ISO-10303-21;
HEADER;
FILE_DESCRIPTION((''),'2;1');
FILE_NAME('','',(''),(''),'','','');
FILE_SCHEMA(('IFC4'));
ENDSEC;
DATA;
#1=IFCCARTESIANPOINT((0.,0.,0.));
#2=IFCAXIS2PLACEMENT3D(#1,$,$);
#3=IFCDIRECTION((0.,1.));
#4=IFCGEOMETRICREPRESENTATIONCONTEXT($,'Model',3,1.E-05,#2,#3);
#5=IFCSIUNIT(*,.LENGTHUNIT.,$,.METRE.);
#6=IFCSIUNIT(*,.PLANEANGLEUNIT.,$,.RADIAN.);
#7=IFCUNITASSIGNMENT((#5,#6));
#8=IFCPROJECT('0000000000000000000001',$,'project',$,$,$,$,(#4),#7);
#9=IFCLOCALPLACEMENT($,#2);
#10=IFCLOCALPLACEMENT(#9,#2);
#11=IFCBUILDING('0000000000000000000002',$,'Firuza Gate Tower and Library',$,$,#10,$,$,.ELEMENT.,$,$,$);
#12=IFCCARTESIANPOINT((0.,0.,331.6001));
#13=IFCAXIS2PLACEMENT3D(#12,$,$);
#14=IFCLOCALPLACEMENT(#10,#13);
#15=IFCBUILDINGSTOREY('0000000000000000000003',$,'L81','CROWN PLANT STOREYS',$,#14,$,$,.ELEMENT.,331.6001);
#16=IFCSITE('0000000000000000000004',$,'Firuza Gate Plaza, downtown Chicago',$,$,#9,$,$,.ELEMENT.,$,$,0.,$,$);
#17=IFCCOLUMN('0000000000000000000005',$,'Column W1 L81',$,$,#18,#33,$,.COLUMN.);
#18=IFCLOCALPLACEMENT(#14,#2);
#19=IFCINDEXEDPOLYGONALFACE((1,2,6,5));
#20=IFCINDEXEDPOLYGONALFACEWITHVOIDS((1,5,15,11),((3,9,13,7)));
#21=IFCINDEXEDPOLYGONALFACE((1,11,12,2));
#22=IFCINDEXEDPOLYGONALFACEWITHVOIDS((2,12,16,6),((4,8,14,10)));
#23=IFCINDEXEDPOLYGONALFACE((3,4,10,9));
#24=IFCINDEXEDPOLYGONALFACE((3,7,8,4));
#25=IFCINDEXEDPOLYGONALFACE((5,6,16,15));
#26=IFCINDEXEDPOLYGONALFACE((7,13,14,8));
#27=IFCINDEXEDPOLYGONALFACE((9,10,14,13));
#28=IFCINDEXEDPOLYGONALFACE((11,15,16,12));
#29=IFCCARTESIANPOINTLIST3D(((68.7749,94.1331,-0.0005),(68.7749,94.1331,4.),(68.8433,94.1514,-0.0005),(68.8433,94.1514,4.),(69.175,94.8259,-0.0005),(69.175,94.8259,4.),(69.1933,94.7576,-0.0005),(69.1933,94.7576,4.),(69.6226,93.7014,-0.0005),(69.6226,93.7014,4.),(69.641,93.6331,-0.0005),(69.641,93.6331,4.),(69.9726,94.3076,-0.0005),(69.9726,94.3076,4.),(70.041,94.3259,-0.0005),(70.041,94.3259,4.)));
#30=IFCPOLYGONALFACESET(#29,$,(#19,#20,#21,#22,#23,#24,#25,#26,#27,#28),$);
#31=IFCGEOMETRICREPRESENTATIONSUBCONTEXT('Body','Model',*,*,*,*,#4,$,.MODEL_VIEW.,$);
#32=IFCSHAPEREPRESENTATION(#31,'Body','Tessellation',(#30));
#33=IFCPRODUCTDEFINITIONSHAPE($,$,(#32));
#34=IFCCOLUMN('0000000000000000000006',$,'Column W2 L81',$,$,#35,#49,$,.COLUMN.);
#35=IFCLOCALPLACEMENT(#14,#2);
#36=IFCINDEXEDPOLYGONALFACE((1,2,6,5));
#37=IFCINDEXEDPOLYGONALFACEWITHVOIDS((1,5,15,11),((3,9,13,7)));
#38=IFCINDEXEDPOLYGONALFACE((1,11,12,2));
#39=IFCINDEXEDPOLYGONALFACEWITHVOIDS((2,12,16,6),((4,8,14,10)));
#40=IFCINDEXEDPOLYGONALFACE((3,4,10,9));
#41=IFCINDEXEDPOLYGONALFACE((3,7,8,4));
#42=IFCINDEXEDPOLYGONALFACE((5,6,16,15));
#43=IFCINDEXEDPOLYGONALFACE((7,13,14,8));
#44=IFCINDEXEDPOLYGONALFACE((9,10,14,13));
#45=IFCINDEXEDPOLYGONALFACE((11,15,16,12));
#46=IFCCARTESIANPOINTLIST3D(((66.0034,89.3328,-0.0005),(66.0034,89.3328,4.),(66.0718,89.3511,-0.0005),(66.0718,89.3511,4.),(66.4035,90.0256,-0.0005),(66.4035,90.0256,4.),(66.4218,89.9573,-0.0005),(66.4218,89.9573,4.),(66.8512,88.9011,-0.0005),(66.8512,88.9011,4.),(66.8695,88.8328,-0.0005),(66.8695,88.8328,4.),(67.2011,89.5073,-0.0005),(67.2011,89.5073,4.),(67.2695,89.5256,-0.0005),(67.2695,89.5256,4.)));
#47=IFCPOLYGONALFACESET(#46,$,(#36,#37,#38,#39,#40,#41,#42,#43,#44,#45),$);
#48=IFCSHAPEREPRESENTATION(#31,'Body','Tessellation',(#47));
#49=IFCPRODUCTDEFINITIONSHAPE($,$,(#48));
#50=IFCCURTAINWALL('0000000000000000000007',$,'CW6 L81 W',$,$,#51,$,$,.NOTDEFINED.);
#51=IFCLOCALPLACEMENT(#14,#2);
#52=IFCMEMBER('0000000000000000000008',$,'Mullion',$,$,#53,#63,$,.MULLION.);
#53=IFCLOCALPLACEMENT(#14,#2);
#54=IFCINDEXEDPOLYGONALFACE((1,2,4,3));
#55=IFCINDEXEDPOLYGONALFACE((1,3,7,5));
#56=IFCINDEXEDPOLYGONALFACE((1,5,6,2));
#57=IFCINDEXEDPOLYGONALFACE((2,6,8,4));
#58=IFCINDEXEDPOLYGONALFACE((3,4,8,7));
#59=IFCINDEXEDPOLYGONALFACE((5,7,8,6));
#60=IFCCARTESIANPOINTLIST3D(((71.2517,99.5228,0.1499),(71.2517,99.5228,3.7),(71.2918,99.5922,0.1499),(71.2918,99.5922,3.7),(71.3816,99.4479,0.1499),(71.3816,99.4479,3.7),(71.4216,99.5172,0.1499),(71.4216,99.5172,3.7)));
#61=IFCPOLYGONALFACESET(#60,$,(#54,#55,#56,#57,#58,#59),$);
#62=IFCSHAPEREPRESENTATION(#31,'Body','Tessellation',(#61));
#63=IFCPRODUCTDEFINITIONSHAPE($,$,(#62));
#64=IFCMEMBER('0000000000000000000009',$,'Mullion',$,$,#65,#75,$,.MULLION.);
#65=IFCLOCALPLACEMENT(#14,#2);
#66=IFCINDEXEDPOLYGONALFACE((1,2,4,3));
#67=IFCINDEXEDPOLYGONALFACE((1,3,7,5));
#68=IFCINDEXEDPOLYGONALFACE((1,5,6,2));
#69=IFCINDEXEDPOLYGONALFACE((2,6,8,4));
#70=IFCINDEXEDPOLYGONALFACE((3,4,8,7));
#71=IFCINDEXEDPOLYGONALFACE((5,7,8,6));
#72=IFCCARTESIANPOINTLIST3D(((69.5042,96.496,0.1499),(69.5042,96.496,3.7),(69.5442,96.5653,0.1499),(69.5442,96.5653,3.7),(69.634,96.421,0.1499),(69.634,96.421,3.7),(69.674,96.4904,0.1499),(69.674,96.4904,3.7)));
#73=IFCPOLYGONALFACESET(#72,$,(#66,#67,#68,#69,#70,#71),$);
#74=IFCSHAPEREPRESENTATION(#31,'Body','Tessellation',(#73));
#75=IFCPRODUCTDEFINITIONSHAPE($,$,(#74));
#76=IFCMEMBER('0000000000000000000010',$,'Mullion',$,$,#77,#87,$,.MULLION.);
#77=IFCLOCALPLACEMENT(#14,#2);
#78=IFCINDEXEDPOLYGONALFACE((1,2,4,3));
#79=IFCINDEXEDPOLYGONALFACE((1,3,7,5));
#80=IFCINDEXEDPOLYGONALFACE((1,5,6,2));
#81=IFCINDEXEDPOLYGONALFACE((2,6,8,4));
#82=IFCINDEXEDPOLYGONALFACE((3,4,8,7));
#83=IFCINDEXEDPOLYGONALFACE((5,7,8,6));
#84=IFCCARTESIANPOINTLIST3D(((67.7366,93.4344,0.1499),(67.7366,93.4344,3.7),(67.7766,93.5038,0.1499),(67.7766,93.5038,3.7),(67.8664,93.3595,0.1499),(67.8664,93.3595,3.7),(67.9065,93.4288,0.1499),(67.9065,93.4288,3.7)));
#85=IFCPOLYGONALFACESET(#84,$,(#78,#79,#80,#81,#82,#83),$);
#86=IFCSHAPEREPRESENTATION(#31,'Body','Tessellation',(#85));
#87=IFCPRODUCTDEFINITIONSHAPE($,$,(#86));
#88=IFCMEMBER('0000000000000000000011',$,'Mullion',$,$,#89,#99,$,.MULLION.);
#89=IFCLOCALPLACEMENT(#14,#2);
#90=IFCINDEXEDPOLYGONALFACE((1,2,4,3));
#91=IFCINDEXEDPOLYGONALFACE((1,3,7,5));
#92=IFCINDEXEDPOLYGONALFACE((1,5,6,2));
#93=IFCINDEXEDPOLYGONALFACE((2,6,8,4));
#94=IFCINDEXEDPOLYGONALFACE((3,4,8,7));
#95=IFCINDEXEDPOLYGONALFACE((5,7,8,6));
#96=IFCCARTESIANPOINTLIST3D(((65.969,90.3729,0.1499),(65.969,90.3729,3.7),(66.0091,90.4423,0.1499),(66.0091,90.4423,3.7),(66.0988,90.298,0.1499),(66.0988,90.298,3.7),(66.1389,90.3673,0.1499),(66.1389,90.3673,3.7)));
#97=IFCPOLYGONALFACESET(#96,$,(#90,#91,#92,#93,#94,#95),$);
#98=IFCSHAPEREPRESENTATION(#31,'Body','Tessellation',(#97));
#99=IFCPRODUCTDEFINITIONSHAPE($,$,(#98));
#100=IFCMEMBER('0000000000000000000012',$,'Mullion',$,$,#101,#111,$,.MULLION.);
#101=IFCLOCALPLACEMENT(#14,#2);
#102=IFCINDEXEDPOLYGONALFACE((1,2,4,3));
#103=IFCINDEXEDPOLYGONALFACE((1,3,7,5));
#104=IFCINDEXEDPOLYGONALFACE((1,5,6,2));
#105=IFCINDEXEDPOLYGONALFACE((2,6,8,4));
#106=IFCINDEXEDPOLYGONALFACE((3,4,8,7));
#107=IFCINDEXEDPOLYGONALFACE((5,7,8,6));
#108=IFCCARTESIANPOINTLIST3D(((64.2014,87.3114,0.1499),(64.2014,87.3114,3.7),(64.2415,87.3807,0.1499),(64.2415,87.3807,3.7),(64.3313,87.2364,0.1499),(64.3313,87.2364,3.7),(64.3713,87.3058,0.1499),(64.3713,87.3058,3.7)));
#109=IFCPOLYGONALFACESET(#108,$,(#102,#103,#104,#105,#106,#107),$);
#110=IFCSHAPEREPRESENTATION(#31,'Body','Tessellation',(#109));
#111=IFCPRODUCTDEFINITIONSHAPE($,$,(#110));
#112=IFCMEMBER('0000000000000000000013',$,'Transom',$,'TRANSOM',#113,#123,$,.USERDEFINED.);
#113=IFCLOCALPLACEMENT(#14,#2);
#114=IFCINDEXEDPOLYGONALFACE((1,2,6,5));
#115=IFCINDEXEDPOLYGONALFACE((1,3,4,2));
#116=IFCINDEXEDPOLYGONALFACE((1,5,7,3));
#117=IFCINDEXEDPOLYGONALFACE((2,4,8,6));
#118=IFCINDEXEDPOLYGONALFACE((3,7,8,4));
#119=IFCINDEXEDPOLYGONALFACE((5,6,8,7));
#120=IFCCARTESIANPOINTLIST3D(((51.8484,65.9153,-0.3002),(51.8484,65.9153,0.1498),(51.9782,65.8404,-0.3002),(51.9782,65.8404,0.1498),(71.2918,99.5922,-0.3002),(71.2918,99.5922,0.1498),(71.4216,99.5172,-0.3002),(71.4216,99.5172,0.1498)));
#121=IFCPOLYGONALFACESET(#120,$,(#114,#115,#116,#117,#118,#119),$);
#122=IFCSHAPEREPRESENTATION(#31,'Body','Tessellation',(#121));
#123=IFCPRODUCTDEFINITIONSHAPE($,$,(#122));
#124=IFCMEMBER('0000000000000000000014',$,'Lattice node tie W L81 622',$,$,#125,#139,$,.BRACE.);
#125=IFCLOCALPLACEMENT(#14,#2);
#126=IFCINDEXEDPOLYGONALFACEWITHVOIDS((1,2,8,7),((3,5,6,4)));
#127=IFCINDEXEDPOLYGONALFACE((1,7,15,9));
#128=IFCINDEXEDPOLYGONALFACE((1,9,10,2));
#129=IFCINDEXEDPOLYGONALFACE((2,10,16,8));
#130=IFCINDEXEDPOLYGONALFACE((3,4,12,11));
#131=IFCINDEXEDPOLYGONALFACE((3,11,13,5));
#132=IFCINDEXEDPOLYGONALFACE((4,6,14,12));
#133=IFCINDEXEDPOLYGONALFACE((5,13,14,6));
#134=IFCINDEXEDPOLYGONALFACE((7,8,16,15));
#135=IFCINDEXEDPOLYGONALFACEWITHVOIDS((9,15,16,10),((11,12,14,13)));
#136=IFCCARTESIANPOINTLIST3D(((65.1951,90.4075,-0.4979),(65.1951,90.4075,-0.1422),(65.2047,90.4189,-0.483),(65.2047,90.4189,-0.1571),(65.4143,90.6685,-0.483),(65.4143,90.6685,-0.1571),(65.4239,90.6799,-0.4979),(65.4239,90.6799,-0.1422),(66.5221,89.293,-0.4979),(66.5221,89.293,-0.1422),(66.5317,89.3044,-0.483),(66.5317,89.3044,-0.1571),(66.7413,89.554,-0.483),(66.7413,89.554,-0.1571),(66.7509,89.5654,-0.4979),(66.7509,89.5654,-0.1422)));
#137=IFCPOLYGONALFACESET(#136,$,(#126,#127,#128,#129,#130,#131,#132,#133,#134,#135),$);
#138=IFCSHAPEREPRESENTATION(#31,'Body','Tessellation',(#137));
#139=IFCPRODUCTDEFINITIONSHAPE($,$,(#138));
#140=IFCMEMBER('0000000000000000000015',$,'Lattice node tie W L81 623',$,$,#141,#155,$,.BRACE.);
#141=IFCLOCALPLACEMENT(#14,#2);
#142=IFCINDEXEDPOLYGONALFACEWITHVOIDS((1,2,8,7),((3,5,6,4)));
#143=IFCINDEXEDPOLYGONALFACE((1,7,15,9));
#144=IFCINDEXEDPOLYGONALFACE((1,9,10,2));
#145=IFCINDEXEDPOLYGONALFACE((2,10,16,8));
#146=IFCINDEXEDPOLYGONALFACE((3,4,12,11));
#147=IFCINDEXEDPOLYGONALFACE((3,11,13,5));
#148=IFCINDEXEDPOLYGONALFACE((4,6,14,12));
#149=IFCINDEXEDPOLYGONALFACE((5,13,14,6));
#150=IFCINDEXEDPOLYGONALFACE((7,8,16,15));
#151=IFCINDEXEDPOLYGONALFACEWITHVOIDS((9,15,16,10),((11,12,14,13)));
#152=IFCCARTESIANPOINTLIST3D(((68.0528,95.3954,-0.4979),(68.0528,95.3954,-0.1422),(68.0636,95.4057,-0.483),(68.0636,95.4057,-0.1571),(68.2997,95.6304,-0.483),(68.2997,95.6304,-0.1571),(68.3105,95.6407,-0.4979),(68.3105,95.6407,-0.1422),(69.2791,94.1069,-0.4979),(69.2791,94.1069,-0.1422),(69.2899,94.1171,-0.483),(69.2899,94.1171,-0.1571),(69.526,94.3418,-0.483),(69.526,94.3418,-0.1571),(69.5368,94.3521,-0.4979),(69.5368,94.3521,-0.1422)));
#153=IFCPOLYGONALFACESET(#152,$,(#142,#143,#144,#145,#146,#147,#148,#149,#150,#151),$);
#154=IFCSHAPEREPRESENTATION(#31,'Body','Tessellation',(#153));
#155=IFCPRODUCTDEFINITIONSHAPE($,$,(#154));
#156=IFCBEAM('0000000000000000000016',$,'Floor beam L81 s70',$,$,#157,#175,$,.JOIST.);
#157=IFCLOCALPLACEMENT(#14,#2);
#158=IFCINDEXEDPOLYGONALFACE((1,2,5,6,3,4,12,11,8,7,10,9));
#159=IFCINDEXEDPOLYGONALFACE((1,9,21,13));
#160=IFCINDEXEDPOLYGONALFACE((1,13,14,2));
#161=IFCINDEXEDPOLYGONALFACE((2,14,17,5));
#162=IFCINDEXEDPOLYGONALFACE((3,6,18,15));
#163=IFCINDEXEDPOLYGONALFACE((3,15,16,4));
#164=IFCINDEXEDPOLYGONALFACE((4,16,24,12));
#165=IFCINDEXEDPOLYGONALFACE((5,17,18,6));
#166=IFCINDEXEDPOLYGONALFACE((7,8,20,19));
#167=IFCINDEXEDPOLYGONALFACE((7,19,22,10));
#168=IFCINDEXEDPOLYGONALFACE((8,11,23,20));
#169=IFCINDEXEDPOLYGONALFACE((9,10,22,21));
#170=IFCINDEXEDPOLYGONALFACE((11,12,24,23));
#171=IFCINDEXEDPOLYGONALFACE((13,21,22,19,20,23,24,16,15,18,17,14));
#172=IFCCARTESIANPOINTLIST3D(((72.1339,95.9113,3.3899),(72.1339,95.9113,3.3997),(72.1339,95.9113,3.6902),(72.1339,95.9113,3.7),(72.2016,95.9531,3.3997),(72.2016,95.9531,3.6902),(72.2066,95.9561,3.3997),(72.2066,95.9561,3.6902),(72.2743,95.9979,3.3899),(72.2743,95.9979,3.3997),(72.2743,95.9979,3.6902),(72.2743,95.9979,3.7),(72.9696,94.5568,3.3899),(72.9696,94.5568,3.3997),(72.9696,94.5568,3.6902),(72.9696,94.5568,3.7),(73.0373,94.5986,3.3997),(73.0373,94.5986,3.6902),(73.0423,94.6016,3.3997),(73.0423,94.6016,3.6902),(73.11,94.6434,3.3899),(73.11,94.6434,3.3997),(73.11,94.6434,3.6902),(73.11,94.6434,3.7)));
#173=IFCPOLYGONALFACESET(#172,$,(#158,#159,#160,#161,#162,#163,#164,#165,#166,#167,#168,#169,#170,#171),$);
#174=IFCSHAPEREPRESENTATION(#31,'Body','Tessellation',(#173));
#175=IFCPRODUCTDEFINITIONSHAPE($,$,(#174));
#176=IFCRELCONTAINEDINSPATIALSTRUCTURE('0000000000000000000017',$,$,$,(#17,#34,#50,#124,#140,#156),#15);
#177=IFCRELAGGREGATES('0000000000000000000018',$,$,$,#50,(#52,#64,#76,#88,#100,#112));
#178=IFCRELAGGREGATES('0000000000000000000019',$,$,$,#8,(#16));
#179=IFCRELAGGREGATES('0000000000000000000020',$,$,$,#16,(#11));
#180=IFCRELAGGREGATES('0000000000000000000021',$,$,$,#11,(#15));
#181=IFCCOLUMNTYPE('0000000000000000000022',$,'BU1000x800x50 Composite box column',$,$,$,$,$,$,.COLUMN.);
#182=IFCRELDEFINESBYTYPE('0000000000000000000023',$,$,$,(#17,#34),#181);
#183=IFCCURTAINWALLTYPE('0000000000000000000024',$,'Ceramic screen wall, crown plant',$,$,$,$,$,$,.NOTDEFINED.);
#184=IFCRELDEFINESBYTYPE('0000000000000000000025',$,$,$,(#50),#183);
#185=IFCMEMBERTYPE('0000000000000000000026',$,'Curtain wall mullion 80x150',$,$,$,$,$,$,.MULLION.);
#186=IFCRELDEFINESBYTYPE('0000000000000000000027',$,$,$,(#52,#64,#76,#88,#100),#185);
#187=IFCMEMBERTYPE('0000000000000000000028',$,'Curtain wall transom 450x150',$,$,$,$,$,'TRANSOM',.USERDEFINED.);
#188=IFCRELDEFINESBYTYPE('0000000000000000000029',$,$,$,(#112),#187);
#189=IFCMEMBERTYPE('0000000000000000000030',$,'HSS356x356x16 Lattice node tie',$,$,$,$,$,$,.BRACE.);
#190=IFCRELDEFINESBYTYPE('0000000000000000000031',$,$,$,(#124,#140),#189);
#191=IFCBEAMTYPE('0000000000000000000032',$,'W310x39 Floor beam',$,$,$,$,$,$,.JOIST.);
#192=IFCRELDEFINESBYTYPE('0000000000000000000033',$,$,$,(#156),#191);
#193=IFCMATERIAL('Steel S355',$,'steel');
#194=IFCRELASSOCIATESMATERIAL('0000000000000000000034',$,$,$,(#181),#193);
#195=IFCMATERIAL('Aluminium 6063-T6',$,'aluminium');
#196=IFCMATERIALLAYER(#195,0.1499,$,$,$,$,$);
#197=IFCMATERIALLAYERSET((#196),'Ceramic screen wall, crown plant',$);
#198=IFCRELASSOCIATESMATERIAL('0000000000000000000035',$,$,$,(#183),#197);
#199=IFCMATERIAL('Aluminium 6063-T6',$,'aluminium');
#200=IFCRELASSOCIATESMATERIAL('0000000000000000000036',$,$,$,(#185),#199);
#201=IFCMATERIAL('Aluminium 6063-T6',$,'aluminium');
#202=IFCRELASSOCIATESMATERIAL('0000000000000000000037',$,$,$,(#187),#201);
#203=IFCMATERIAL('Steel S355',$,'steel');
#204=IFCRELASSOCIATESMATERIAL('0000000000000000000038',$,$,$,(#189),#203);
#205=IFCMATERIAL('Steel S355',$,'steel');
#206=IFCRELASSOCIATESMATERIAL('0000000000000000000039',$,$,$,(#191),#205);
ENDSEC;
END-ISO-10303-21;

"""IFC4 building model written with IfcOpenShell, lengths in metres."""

from ifc_helpers import new_model, si_unit, direction, frame, origin, origin_2d, place, context, subcontext, project, spatial, rectangle, hollow_rectangle, i_section, extrude, material, layer, layer_set, material_profile, profile_set, type_object, element, aggregate, save


model = new_model("IFC4")

# Units and contexts
model_context = context("Model", 3, precision=1e-05, world=origin(), true_north=direction((0.0, 1.0)))
body_context = subcontext(model_context, "Body", "Model", "MODEL_VIEW")
ifc_project = project(units=[si_unit("LENGTHUNIT", "METRE"), si_unit("PLANEANGLEUNIT", "RADIAN")], contexts=[model_context])

# Site, building, storey
site_placement = place(None, origin())
site = spatial("IfcSite", under=ifc_project, at=site_placement, Name="Firuza Gate Plaza, downtown Chicago", CompositionType="ELEMENT", RefElevation=0.0)
building_placement = place(site_placement, origin())
building = spatial("IfcBuilding", under=site, at=building_placement, Name="Firuza Gate Tower and Library", CompositionType="ELEMENT")
storey_placement = place(building_placement, frame((0.0, 0.0, 331.6001)))
storey = spatial("IfcBuildingStorey", under=building, at=storey_placement, Name="L81", Description="CROWN PLANT STOREYS", CompositionType="ELEMENT", Elevation=331.6001)

# Columns
ifc_material_1 = material(Name="Steel S355", Category="steel")
ifc_material_profile_1 = material_profile(ifc_material_1, hollow_rectangle(XDim=0.8, YDim=1.0, WallThickness=0.05, at=origin_2d()))
ifc_profile_set_1 = profile_set([ifc_material_profile_1], Name="Steel S355")
column_type = type_object("IfcColumnType", Name="BU1000x800x50 Composite box column", PredefinedType="COLUMN", material=ifc_profile_set_1)
for number, where, z_axis, x_axis, name in (
    (1, (69.408, 94.2295, -0.0005), (0.0, 0.0, 1.0), (-0.5, -0.866025, 0.0), "Column W1 L81"),
    (2, (66.6365, 89.4292, -0.0005), (0.0, 0.0, 1.0), (-0.5, -0.866025, 0.0), "Column W2 L81"),
):
    element("IfcColumn", number, at=place(storey_placement, frame(where, z_axis=z_axis, x_axis=x_axis)), inside=storey, type_object=column_type, Name=name, PredefinedType="COLUMN", context=body_context, shape_type="SweptSolid", body=[
        extrude(hollow_rectangle(XDim=0.8, YDim=1.0, WallThickness=0.05, at=origin_2d()), origin(), (0.0, 0.0, 1.0), 4.0005),
    ])

# Curtain wall, members
ifc_material_2 = material(Name="Aluminium 6063-T6", Category="aluminium")
ifc_layer_1 = layer(ifc_material_2, 0.1499)
ifc_layer_set_1 = layer_set([ifc_layer_1], Name="Ceramic screen wall, crown plant")
curtain_wall_type = type_object("IfcCurtainWallType", Name="Ceramic screen wall, crown plant", PredefinedType="NOTDEFINED", material=ifc_layer_set_1)
placement = place(storey_placement, origin())
curtain_wall_1 = element("IfcCurtainWall", 3, at=placement, inside=storey, type_object=curtain_wall_type, Name="CW6 L81 W", PredefinedType="NOTDEFINED")
ifc_material_3 = material(Name="Aluminium 6063-T6", Category="aluminium")
ifc_material_profile_2 = material_profile(ifc_material_3, rectangle(XDim=0.1499, YDim=0.0801, at=origin_2d()))
ifc_profile_set_2 = profile_set([ifc_material_profile_2], Name="Aluminium 6063-T6")
member_type_1 = type_object("IfcMemberType", Name="Curtain wall mullion 80x150", PredefinedType="MULLION", material=ifc_profile_set_2)
member_1_placement = place(storey_placement, frame((71.3367, 99.52, 0.1499), z_axis=(0.0, 0.0, 1.0), x_axis=(0.866025, -0.5, 0.0)))
member_1 = element("IfcMember", 4, at=member_1_placement, type_object=member_type_1, Name="Mullion", PredefinedType="MULLION", context=body_context, shape_type="SweptSolid", body=[
    extrude(rectangle(XDim=0.1499, YDim=0.0801, at=origin_2d()), origin(), (0.0, 0.0, 1.0), 3.55),
])
member_2_placement = place(storey_placement, frame((69.5891, 96.4932, 0.1499), z_axis=(0.0, 0.0, 1.0), x_axis=(0.866025, -0.5, 0.0)))
member_2 = element("IfcMember", 5, at=member_2_placement, type_object=member_type_1, Name="Mullion", PredefinedType="MULLION", context=body_context, shape_type="SweptSolid", body=[
    extrude(rectangle(XDim=0.1499, YDim=0.0801, at=origin_2d()), origin(), (0.0, 0.0, 1.0), 3.55),
])
member_3_placement = place(storey_placement, frame((67.8215, 93.4316, 0.1499), z_axis=(0.0, 0.0, 1.0), x_axis=(0.866025, -0.5, 0.0)))
member_3 = element("IfcMember", 6, at=member_3_placement, type_object=member_type_1, Name="Mullion", PredefinedType="MULLION", context=body_context, shape_type="SweptSolid", body=[
    extrude(rectangle(XDim=0.1499, YDim=0.0801, at=origin_2d()), origin(), (0.0, 0.0, 1.0), 3.55),
])
member_4_placement = place(storey_placement, frame((66.054, 90.3701, 0.1499), z_axis=(0.0, 0.0, 1.0), x_axis=(0.866025, -0.5, 0.0)))
member_4 = element("IfcMember", 7, at=member_4_placement, type_object=member_type_1, Name="Mullion", PredefinedType="MULLION", context=body_context, shape_type="SweptSolid", body=[
    extrude(rectangle(XDim=0.1499, YDim=0.0801, at=origin_2d()), origin(), (0.0, 0.0, 1.0), 3.55),
])
member_5_placement = place(storey_placement, frame((64.2864, 87.3086, 0.1499), z_axis=(0.0, 0.0, 1.0), x_axis=(0.866025, -0.5, 0.0)))
member_5 = element("IfcMember", 8, at=member_5_placement, type_object=member_type_1, Name="Mullion", PredefinedType="MULLION", context=body_context, shape_type="SweptSolid", body=[
    extrude(rectangle(XDim=0.1499, YDim=0.0801, at=origin_2d()), origin(), (0.0, 0.0, 1.0), 3.55),
])
ifc_material_4 = material(Name="Aluminium 6063-T6", Category="aluminium")
ifc_material_profile_3 = material_profile(ifc_material_4, rectangle(XDim=0.1499, YDim=0.45, at=origin_2d()))
ifc_profile_set_3 = profile_set([ifc_material_profile_3], Name="Aluminium 6063-T6")
member_type_2 = type_object("IfcMemberType", Name="Curtain wall transom 450x150", ElementType="TRANSOM", PredefinedType="USERDEFINED", material=ifc_profile_set_3)
member_6_placement = place(storey_placement, frame((71.3567, 99.5547, -0.0752), z_axis=(-0.500001, -0.866025, 0.0), x_axis=(0.866025, -0.500001, 0.0)))
member_6 = element("IfcMember", 9, at=member_6_placement, type_object=member_type_2, Name="Transom", ObjectType="TRANSOM", PredefinedType="USERDEFINED", context=body_context, shape_type="SweptSolid", body=[
    extrude(rectangle(XDim=0.1499, YDim=0.45, at=origin_2d()), origin(), (0.0, 0.0, 1.0), 38.8867),
])

# Members
ifc_material_5 = material(Name="Steel S355", Category="steel")
ifc_material_profile_4 = material_profile(ifc_material_5, hollow_rectangle(XDim=0.3557, YDim=0.3557, WallThickness=0.0149, at=origin_2d()))
ifc_profile_set_4 = profile_set([ifc_material_profile_4], Name="Steel S355")
member_type_3 = type_object("IfcMemberType", Name="HSS356x356x16 Lattice node tie", PredefinedType="BRACE", material=ifc_profile_set_4)
member_7_placement = place(storey_placement, frame((66.6365, 89.4292, -0.3201), z_axis=(-0.765733, 0.643159, 0.0), x_axis=(-0.643159, -0.765733, 0.0)))
element("IfcMember", 10, at=member_7_placement, inside=storey, type_object=member_type_3, Name="Lattice node tie W L81 622", PredefinedType="BRACE", context=body_context, shape_type="SweptSolid", body=[
    extrude(hollow_rectangle(XDim=0.3557, YDim=0.3557, WallThickness=0.0149, at=origin_2d()), origin(), (0.0, 0.0, 1.0), 1.7329),
])
member_8_placement = place(storey_placement, frame((69.408, 94.2295, -0.3201), z_axis=(-0.689391, 0.724389, 0.0), x_axis=(-0.724389, -0.689391, 0.0)))
element("IfcMember", 11, at=member_8_placement, inside=storey, type_object=member_type_3, Name="Lattice node tie W L81 623", PredefinedType="BRACE", context=body_context, shape_type="SweptSolid", body=[
    extrude(hollow_rectangle(XDim=0.3557, YDim=0.3557, WallThickness=0.0149, at=origin_2d()), origin(), (0.0, 0.0, 1.0), 1.7788),
])

# Beam
ifc_material_6 = material(Name="Steel S355", Category="steel")
ifc_material_profile_5 = material_profile(ifc_material_6, i_section(OverallWidth=0.165, OverallDepth=0.3101, WebThickness=0.0059, FlangeThickness=0.0098, at=origin_2d()))
ifc_profile_set_5 = profile_set([ifc_material_profile_5], Name="Steel S355")
beam_type_1 = type_object("IfcBeamType", Name="W310x39 Floor beam", PredefinedType="JOIST", material=ifc_profile_set_5)
beam_1_placement = place(storey_placement, frame((72.2041, 95.9546, 3.5449), z_axis=(0.525081, -0.851052, 0.0), x_axis=(0.851052, 0.525081, 0.0)))
element("IfcBeam", 12, at=beam_1_placement, inside=storey, type_object=beam_type_1, Name="Floor beam L81 s70", PredefinedType="JOIST", context=body_context, shape_type="SweptSolid", body=[
    extrude(i_section(OverallWidth=0.165, OverallDepth=0.3101, WebThickness=0.0059, FlangeThickness=0.0098, at=origin_2d()), origin(), (0.0, 0.0, 1.0), 1.5916),
])

aggregate(curtain_wall_1, [member_1, member_2, member_3, member_4, member_5, member_6])

save(model, "model.ifc")
